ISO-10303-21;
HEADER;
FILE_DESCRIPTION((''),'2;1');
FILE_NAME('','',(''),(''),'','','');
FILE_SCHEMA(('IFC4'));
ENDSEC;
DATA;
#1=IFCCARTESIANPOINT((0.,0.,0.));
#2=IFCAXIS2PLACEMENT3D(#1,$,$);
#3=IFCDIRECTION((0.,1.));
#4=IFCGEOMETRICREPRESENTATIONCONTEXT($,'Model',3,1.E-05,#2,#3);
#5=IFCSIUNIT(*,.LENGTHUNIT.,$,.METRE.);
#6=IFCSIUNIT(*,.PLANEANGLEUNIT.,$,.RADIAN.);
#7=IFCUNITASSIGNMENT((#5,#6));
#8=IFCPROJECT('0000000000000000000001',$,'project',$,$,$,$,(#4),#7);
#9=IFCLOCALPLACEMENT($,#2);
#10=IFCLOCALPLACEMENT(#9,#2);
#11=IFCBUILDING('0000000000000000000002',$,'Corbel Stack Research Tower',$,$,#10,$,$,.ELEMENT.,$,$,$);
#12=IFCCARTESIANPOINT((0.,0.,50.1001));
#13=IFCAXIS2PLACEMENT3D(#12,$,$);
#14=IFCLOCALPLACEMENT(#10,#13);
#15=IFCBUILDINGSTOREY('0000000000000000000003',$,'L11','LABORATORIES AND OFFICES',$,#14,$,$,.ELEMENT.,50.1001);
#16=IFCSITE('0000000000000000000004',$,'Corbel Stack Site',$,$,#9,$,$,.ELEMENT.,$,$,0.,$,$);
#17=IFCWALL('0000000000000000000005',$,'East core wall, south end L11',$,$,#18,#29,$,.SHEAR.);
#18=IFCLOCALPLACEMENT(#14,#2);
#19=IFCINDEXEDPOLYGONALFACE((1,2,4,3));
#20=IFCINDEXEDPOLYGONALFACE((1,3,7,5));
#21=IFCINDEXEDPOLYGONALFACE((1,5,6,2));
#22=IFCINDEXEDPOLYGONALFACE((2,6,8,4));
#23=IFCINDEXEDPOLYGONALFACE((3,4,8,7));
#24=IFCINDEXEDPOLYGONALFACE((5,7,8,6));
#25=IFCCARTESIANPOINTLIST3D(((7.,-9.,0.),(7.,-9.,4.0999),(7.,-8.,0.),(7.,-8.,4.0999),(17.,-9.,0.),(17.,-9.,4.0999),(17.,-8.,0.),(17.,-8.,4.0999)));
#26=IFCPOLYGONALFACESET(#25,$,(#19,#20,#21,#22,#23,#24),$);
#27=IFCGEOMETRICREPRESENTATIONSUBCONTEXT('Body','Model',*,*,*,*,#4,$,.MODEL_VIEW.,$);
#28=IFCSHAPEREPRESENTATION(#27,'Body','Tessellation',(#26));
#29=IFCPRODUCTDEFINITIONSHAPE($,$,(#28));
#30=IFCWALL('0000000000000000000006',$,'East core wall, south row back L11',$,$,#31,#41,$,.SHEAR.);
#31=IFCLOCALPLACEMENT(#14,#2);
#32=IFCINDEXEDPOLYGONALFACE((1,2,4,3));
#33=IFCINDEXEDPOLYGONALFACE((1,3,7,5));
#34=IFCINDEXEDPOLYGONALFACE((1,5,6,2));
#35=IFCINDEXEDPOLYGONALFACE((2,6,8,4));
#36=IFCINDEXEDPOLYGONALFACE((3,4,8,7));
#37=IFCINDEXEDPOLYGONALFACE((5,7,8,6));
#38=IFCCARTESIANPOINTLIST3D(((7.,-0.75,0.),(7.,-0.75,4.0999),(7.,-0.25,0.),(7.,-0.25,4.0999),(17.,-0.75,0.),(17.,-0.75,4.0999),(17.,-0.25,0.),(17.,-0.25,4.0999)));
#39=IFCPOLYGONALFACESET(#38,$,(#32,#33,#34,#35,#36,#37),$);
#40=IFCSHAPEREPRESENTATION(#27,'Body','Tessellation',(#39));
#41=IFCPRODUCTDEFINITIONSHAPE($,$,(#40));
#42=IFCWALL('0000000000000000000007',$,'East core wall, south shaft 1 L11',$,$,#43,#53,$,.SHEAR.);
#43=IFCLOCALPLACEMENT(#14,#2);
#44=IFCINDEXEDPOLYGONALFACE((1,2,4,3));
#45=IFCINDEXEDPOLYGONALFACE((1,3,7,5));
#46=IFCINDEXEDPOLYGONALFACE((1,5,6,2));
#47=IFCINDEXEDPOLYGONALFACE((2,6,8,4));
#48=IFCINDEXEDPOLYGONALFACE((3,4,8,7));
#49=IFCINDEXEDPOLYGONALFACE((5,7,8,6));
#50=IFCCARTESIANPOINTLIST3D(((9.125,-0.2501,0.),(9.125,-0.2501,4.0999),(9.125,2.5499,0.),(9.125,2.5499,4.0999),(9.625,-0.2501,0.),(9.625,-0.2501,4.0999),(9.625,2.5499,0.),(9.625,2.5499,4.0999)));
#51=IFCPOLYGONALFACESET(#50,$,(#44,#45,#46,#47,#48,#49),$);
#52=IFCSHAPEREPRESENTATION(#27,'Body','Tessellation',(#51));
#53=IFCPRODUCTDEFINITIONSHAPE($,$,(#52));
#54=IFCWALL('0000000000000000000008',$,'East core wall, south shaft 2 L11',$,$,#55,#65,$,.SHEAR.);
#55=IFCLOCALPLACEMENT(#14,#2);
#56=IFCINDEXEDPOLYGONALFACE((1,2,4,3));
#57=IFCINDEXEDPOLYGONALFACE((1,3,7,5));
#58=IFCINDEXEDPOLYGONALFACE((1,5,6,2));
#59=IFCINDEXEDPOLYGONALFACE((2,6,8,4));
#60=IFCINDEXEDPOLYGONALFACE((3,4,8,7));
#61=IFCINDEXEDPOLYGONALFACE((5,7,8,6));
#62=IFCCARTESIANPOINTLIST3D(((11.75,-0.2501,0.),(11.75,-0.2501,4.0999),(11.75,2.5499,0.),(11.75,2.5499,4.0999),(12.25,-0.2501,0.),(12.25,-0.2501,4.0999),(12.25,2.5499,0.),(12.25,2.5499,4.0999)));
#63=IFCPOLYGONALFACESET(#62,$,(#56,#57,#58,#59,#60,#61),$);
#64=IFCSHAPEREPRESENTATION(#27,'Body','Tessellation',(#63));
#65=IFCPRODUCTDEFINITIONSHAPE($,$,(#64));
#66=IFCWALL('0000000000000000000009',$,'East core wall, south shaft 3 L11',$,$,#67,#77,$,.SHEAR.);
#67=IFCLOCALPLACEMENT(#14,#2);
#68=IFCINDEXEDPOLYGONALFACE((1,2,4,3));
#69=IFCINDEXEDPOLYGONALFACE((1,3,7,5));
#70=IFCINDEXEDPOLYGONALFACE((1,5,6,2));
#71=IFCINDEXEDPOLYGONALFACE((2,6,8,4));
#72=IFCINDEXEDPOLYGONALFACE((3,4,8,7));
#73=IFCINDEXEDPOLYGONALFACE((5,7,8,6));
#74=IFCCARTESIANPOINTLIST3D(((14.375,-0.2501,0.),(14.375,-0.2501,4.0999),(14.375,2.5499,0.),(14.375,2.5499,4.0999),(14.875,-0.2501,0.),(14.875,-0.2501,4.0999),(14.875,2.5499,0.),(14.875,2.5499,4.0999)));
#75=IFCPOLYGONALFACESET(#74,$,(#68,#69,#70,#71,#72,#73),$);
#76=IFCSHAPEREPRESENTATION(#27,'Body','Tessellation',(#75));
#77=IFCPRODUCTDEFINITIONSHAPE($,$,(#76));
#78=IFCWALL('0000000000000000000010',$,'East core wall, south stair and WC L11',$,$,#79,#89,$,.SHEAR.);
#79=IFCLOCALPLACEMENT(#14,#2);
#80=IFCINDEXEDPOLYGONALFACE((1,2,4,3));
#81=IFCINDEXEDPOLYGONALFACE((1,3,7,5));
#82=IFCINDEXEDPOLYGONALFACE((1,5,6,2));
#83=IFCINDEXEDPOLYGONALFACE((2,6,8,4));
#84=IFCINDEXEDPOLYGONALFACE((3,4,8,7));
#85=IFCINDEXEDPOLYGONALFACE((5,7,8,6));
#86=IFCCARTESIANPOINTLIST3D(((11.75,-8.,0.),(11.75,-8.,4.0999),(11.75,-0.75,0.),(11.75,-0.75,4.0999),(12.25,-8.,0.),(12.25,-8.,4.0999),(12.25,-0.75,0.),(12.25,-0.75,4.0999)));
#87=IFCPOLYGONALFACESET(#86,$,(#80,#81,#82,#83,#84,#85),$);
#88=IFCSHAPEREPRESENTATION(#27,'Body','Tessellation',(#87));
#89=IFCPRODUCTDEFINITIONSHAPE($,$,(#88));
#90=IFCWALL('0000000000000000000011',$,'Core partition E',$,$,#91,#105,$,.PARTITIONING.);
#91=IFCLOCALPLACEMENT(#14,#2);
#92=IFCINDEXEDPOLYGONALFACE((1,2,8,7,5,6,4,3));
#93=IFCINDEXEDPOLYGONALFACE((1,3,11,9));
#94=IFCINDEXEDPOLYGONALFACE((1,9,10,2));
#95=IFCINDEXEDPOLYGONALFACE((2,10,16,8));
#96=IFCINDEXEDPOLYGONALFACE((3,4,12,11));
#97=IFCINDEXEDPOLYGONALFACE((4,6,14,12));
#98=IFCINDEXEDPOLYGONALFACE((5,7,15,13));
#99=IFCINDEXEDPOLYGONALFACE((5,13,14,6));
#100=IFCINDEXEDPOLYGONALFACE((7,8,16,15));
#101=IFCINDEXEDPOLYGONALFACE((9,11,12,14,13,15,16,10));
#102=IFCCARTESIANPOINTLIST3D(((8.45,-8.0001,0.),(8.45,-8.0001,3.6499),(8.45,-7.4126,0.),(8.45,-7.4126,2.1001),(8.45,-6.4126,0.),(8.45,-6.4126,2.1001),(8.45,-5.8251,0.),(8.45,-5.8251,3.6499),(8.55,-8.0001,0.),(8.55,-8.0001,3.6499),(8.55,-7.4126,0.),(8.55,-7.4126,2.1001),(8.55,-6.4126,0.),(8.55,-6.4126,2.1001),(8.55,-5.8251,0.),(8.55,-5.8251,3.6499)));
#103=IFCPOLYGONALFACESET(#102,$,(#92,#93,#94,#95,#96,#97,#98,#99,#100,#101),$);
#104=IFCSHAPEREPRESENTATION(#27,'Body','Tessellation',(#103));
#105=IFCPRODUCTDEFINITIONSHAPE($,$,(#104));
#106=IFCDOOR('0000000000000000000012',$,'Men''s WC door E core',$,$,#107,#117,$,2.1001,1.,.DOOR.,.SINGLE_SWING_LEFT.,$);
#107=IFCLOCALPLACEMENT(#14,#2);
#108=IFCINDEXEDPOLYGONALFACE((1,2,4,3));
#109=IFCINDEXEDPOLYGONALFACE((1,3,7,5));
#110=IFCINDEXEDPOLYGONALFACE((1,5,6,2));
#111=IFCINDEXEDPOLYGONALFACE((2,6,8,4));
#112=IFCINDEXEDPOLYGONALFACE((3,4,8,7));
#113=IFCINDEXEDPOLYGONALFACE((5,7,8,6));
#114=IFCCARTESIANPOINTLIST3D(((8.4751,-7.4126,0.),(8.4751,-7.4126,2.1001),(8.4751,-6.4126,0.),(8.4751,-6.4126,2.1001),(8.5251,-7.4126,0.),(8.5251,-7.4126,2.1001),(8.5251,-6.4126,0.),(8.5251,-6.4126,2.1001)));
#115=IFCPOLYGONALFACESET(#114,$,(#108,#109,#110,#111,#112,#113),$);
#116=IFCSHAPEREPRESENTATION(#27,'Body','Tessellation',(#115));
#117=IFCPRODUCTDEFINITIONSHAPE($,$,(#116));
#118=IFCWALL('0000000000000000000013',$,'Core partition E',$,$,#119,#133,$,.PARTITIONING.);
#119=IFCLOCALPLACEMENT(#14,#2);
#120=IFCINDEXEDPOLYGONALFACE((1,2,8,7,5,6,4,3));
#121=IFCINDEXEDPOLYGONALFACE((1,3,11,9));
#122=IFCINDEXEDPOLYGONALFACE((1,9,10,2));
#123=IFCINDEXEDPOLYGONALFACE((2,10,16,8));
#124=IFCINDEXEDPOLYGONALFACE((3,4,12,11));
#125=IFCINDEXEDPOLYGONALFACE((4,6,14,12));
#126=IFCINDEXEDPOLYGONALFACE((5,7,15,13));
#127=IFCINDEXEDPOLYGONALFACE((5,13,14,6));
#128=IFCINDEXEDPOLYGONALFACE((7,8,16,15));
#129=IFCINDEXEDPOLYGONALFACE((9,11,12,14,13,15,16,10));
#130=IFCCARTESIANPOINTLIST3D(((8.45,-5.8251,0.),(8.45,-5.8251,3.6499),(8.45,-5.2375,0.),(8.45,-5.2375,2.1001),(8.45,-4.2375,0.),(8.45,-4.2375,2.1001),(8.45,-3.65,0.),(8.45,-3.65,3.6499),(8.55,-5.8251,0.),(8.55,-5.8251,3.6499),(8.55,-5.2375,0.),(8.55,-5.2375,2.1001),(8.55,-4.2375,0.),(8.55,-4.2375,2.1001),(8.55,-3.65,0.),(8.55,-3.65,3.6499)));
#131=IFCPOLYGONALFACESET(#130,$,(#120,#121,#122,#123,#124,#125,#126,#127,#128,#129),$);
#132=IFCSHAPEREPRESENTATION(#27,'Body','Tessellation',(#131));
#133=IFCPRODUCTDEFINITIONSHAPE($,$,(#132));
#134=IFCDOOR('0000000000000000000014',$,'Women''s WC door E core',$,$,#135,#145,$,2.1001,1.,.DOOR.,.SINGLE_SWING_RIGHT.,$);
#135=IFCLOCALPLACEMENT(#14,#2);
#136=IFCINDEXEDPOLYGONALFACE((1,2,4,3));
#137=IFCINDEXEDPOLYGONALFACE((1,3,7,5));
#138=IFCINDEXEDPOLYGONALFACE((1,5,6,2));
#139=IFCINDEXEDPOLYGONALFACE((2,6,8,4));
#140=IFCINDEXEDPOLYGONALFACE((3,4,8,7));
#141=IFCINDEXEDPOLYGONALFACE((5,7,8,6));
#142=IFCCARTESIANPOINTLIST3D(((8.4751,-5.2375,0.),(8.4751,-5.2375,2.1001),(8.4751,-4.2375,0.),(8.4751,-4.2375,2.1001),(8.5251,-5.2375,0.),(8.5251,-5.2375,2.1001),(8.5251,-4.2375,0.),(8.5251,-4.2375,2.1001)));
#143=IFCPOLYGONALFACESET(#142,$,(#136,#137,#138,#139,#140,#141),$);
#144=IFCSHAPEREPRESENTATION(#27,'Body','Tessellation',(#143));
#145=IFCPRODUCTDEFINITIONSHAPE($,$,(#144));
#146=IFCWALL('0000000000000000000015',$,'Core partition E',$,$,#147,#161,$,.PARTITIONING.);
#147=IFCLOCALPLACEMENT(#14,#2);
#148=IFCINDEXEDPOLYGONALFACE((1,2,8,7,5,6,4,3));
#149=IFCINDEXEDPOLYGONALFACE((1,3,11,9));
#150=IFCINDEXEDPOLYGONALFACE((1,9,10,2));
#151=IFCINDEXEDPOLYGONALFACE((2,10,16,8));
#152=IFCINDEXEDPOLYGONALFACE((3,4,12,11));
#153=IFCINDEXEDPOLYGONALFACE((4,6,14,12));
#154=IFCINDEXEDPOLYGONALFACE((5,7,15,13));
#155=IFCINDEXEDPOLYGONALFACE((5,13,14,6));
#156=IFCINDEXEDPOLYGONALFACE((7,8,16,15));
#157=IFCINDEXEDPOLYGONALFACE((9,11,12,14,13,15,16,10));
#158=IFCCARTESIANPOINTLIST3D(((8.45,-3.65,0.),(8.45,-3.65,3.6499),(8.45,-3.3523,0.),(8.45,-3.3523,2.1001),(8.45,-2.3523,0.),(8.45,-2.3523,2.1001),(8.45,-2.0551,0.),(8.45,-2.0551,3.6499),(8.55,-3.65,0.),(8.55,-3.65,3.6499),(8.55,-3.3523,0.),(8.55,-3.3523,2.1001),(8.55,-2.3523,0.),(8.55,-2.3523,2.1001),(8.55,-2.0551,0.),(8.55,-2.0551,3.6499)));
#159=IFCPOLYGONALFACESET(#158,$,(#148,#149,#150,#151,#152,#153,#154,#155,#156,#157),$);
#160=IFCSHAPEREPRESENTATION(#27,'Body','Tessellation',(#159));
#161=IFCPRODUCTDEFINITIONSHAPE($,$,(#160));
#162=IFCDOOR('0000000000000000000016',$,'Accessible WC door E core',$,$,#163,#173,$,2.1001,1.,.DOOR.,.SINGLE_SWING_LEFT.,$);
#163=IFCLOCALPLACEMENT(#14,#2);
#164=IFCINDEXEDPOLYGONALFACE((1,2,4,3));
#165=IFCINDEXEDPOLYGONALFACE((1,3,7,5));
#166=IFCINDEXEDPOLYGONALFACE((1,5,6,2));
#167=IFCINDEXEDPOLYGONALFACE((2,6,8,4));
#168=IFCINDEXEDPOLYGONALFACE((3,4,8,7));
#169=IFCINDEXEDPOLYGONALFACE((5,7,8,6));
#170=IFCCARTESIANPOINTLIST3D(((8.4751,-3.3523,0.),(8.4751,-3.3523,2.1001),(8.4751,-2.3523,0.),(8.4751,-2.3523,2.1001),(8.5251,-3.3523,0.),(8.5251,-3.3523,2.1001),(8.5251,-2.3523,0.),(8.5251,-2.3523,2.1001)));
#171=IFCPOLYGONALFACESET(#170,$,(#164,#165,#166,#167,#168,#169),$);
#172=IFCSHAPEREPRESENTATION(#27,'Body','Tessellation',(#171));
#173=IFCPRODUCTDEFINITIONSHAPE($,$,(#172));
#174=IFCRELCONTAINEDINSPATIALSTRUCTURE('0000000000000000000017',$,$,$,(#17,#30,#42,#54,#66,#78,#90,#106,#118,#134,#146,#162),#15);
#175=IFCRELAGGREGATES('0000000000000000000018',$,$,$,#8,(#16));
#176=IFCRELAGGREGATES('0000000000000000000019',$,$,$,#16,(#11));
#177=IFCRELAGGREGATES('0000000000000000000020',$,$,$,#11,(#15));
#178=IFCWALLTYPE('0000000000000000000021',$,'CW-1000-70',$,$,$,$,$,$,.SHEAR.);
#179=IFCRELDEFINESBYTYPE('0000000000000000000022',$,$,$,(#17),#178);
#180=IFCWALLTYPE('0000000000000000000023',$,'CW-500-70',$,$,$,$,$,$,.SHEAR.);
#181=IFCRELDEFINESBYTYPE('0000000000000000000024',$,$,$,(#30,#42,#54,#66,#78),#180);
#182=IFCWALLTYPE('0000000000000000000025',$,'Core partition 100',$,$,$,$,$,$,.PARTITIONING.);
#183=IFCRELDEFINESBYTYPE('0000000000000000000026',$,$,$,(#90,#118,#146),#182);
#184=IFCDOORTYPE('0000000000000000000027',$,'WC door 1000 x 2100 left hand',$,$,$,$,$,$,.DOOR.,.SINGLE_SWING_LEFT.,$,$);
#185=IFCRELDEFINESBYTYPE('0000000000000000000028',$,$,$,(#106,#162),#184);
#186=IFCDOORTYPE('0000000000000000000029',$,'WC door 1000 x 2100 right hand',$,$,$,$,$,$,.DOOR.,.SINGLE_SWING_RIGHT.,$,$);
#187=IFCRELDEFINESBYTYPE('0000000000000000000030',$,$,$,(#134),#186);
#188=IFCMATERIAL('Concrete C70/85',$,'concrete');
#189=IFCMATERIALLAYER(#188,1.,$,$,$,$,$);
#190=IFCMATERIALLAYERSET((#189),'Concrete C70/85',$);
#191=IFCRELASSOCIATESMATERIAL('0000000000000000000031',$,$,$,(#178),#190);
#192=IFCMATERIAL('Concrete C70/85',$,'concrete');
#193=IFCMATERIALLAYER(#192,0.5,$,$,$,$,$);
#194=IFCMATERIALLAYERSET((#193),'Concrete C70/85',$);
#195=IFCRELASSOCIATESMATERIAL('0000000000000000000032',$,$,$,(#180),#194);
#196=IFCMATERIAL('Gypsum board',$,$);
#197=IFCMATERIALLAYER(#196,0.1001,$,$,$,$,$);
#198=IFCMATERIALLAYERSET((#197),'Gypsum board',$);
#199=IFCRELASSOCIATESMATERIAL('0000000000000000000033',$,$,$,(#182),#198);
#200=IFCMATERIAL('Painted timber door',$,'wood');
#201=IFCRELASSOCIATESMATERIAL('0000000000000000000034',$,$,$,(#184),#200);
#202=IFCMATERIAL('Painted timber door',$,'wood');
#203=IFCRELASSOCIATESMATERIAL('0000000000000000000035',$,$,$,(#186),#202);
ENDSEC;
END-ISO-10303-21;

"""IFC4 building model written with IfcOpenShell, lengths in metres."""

from ifc_helpers import new_model, si_unit, direction, frame, frame_2d, origin, place, context, subcontext, project, spatial, rectangle, extrude, material, layer, layer_set, type_object, element, fill, save


model = new_model("IFC4")

# Units and contexts
model_context = context("Model", 3, precision=1e-05, world=origin(), true_north=direction((0.0, 1.0)))
body_context = subcontext(model_context, "Body", "Model", "MODEL_VIEW")
ifc_project = project(units=[si_unit("LENGTHUNIT", "METRE"), si_unit("PLANEANGLEUNIT", "RADIAN")], contexts=[model_context])

# Site, building, storey
site_placement = place(None, origin())
site = spatial("IfcSite", under=ifc_project, at=site_placement, Name="Corbel Stack Site", CompositionType="ELEMENT", RefElevation=0.0)
building_placement = place(site_placement, origin())
building = spatial("IfcBuilding", under=site, at=building_placement, Name="Corbel Stack Research Tower", CompositionType="ELEMENT")
storey_placement = place(building_placement, frame((0.0, 0.0, 50.1001)))
storey = spatial("IfcBuildingStorey", under=building, at=storey_placement, Name="L11", Description="LABORATORIES AND OFFICES", CompositionType="ELEMENT", Elevation=50.1001)

# Shared definitions
ifc_material_1 = material(Name="Concrete C70/85", Category="concrete")
ifc_layer_1 = layer(ifc_material_1, 1.0)
ifc_layer_set_1 = layer_set([ifc_layer_1], Name="Concrete C70/85")
wall_type_1 = type_object("IfcWallType", Name="CW-1000-70", PredefinedType="SHEAR", material=ifc_layer_set_1)

# Walls
wall_1_placement = place(storey_placement, frame((7.0, -8.5, 0.0), z_axis=(0.0, 0.0, 1.0), x_axis=(1.0, 0.0, 0.0)))
element("IfcWall", 1, at=wall_1_placement, inside=storey, type_object=wall_type_1, Name="East core wall, south end L11", PredefinedType="SHEAR", context=body_context, shape_type="SweptSolid", body=[
    extrude(rectangle(XDim=10.0, YDim=1.0, at=frame_2d((5.0, 0.0))), origin(), (0.0, 0.0, 1.0), 4.0999),
])
ifc_material_2 = material(Name="Concrete C70/85", Category="concrete")
ifc_layer_2 = layer(ifc_material_2, 0.5)
ifc_layer_set_2 = layer_set([ifc_layer_2], Name="Concrete C70/85")
wall_type_2 = type_object("IfcWallType", Name="CW-500-70", PredefinedType="SHEAR", material=ifc_layer_set_2)
wall_2_placement = place(storey_placement, frame((7.0, -0.5, 0.0), z_axis=(0.0, 0.0, 1.0), x_axis=(1.0, 0.0, 0.0)))
element("IfcWall", 2, at=wall_2_placement, inside=storey, type_object=wall_type_2, Name="East core wall, south row back L11", PredefinedType="SHEAR", context=body_context, shape_type="SweptSolid", body=[
    extrude(rectangle(XDim=10.0, YDim=0.5, at=frame_2d((5.0, 0.0))), origin(), (0.0, 0.0, 1.0), 4.0999),
])
for number, where, z_axis, x_axis, name in (
    (3, (9.375, -0.25, 0.0), (0.0, 0.0, 1.0), (0.0, 1.0, 0.0), "East core wall, south shaft 1 L11"),
    (4, (12.0, -0.25, 0.0), (0.0, 0.0, 1.0), (0.0, 1.0, 0.0), "East core wall, south shaft 2 L11"),
    (5, (14.625, -0.25, 0.0), (0.0, 0.0, 1.0), (0.0, 1.0, 0.0), "East core wall, south shaft 3 L11"),
):
    element("IfcWall", number, at=place(storey_placement, frame(where, z_axis=z_axis, x_axis=x_axis)), inside=storey, type_object=wall_type_2, Name=name, PredefinedType="SHEAR", context=body_context, shape_type="SweptSolid", body=[
        extrude(rectangle(XDim=2.8, YDim=0.5, at=frame_2d((1.3999, 0.0))), origin(), (0.0, 0.0, 1.0), 4.0999),
    ])
wall_3_placement = place(storey_placement, frame((12.0, -8.0, 0.0), z_axis=(0.0, 0.0, 1.0), x_axis=(0.0, 1.0, 0.0)))
element("IfcWall", 6, at=wall_3_placement, inside=storey, type_object=wall_type_2, Name="East core wall, south stair and WC L11", PredefinedType="SHEAR", context=body_context, shape_type="SweptSolid", body=[
    extrude(rectangle(XDim=7.25, YDim=0.5, at=frame_2d((3.625, 0.0))), origin(), (0.0, 0.0, 1.0), 4.0999),
])

# Walls, openings, doors
ifc_material_3 = material(Name="Gypsum board")
ifc_layer_3 = layer(ifc_material_3, 0.1001)
ifc_layer_set_3 = layer_set([ifc_layer_3], Name="Gypsum board")
wall_type_3 = type_object("IfcWallType", Name="Core partition 100", PredefinedType="PARTITIONING", material=ifc_layer_set_3)
wall_4_placement = place(storey_placement, frame((8.5, -8.0, 0.0), z_axis=(0.0, 0.0, 1.0), x_axis=(0.0, 1.0, 0.0)))
wall_4 = element("IfcWall", 7, at=wall_4_placement, inside=storey, type_object=wall_type_3, Name="Core partition E", PredefinedType="PARTITIONING", context=body_context, shape_type="SweptSolid", body=[
    extrude(rectangle(XDim=2.175, YDim=0.1001, at=frame_2d((1.0874, 0.0))), origin(), (0.0, 0.0, 1.0), 3.6499),
])
opening_1_placement = place(wall_4_placement, frame((0.5874, 0.0, 0.0)))
opening_1 = element("IfcOpeningElement", 8, at=opening_1_placement, cuts=wall_4, PredefinedType="OPENING", context=body_context, shape_type="SweptSolid", body=[
    extrude(rectangle(XDim=1.0, YDim=2.1001, at=frame_2d((0.5, 1.05))), frame((0.0, 0.0601, 0.0), z_axis=(0.0, -1.0, 0.0), x_axis=(1.0, 0.0, 0.0)), (0.0, 0.0, 1.0), 0.1201),
])
ifc_material_4 = material(Name="Painted timber door", Category="wood")
door_type_1 = type_object("IfcDoorType", Name="WC door 1000 x 2100 left hand", OperationType="SINGLE_SWING_LEFT", PredefinedType="DOOR", material=ifc_material_4)
door_1_placement = place(opening_1_placement, origin())
door_1 = element("IfcDoor", 9, at=door_1_placement, inside=storey, type_object=door_type_1, Name="Men's WC door E core", OperationType="SINGLE_SWING_LEFT", OverallHeight=2.1001, OverallWidth=1.0, PredefinedType="DOOR", context=body_context, shape_type="SweptSolid", body=[
    extrude(rectangle(XDim=1.0, YDim=2.1001, at=frame_2d((0.5, 1.05))), frame((0.0, 0.0249, 0.0), z_axis=(0.0, -1.0, 0.0), x_axis=(1.0, 0.0, 0.0)), (0.0, 0.0, 1.0), 0.05),
])
fill(opening_1, door_1)
wall_5_placement = place(storey_placement, frame((8.5, -5.825, 0.0), z_axis=(0.0, 0.0, 1.0), x_axis=(0.0, 1.0, 0.0)))
wall_5 = element("IfcWall", 10, at=wall_5_placement, inside=storey, type_object=wall_type_3, Name="Core partition E", PredefinedType="PARTITIONING", context=body_context, shape_type="SweptSolid", body=[
    extrude(rectangle(XDim=2.175, YDim=0.1001, at=frame_2d((1.0874, 0.0))), origin(), (0.0, 0.0, 1.0), 3.6499),
])
opening_2_placement = place(wall_5_placement, frame((0.5874, 0.0, 0.0)))
opening_2 = element("IfcOpeningElement", 11, at=opening_2_placement, cuts=wall_5, PredefinedType="OPENING", context=body_context, shape_type="SweptSolid", body=[
    extrude(rectangle(XDim=1.0, YDim=2.1001, at=frame_2d((0.5, 1.05))), frame((0.0, 0.0601, 0.0), z_axis=(0.0, -1.0, 0.0), x_axis=(1.0, 0.0, 0.0)), (0.0, 0.0, 1.0), 0.1201),
])
ifc_material_5 = material(Name="Painted timber door", Category="wood")
door_type_2 = type_object("IfcDoorType", Name="WC door 1000 x 2100 right hand", OperationType="SINGLE_SWING_RIGHT", PredefinedType="DOOR", material=ifc_material_5)
door_2_placement = place(opening_2_placement, origin())
door_2 = element("IfcDoor", 12, at=door_2_placement, inside=storey, type_object=door_type_2, Name="Women's WC door E core", OperationType="SINGLE_SWING_RIGHT", OverallHeight=2.1001, OverallWidth=1.0, PredefinedType="DOOR", context=body_context, shape_type="SweptSolid", body=[
    extrude(rectangle(XDim=1.0, YDim=2.1001, at=frame_2d((0.5, 1.05))), frame((0.0, 0.0249, 0.0), z_axis=(0.0, -1.0, 0.0), x_axis=(1.0, 0.0, 0.0)), (0.0, 0.0, 1.0), 0.05),
])
fill(opening_2, door_2)
wall_6_placement = place(storey_placement, frame((8.5, -3.6499, 0.0), z_axis=(0.0, 0.0, 1.0), x_axis=(0.0, 1.0, 0.0)))
wall_6 = element("IfcWall", 13, at=wall_6_placement, inside=storey, type_object=wall_type_3, Name="Core partition E", PredefinedType="PARTITIONING", context=body_context, shape_type="SweptSolid", body=[
    extrude(rectangle(XDim=1.595, YDim=0.1001, at=frame_2d((0.7974, 0.0))), origin(), (0.0, 0.0, 1.0), 3.6499),
])
opening_3_placement = place(wall_6_placement, frame((0.2976, 0.0, 0.0)))
opening_3 = element("IfcOpeningElement", 14, at=opening_3_placement, cuts=wall_6, PredefinedType="OPENING", context=body_context, shape_type="SweptSolid", body=[
    extrude(rectangle(XDim=1.0, YDim=2.1001, at=frame_2d((0.5, 1.05))), frame((0.0, 0.0601, 0.0), z_axis=(0.0, -1.0, 0.0), x_axis=(1.0, 0.0, 0.0)), (0.0, 0.0, 1.0), 0.1201),
])
door_3_placement = place(opening_3_placement, origin())
door_3 = element("IfcDoor", 15, at=door_3_placement, inside=storey, type_object=door_type_1, Name="Accessible WC door E core", OperationType="SINGLE_SWING_LEFT", OverallHeight=2.1001, OverallWidth=1.0, PredefinedType="DOOR", context=body_context, shape_type="SweptSolid", body=[
    extrude(rectangle(XDim=1.0, YDim=2.1001, at=frame_2d((0.5, 1.05))), frame((0.0, 0.0249, 0.0), z_axis=(0.0, -1.0, 0.0), x_axis=(1.0, 0.0, 0.0)), (0.0, 0.0, 1.0), 0.05),
])
fill(opening_3, door_3)

save(model, "model.ifc")
